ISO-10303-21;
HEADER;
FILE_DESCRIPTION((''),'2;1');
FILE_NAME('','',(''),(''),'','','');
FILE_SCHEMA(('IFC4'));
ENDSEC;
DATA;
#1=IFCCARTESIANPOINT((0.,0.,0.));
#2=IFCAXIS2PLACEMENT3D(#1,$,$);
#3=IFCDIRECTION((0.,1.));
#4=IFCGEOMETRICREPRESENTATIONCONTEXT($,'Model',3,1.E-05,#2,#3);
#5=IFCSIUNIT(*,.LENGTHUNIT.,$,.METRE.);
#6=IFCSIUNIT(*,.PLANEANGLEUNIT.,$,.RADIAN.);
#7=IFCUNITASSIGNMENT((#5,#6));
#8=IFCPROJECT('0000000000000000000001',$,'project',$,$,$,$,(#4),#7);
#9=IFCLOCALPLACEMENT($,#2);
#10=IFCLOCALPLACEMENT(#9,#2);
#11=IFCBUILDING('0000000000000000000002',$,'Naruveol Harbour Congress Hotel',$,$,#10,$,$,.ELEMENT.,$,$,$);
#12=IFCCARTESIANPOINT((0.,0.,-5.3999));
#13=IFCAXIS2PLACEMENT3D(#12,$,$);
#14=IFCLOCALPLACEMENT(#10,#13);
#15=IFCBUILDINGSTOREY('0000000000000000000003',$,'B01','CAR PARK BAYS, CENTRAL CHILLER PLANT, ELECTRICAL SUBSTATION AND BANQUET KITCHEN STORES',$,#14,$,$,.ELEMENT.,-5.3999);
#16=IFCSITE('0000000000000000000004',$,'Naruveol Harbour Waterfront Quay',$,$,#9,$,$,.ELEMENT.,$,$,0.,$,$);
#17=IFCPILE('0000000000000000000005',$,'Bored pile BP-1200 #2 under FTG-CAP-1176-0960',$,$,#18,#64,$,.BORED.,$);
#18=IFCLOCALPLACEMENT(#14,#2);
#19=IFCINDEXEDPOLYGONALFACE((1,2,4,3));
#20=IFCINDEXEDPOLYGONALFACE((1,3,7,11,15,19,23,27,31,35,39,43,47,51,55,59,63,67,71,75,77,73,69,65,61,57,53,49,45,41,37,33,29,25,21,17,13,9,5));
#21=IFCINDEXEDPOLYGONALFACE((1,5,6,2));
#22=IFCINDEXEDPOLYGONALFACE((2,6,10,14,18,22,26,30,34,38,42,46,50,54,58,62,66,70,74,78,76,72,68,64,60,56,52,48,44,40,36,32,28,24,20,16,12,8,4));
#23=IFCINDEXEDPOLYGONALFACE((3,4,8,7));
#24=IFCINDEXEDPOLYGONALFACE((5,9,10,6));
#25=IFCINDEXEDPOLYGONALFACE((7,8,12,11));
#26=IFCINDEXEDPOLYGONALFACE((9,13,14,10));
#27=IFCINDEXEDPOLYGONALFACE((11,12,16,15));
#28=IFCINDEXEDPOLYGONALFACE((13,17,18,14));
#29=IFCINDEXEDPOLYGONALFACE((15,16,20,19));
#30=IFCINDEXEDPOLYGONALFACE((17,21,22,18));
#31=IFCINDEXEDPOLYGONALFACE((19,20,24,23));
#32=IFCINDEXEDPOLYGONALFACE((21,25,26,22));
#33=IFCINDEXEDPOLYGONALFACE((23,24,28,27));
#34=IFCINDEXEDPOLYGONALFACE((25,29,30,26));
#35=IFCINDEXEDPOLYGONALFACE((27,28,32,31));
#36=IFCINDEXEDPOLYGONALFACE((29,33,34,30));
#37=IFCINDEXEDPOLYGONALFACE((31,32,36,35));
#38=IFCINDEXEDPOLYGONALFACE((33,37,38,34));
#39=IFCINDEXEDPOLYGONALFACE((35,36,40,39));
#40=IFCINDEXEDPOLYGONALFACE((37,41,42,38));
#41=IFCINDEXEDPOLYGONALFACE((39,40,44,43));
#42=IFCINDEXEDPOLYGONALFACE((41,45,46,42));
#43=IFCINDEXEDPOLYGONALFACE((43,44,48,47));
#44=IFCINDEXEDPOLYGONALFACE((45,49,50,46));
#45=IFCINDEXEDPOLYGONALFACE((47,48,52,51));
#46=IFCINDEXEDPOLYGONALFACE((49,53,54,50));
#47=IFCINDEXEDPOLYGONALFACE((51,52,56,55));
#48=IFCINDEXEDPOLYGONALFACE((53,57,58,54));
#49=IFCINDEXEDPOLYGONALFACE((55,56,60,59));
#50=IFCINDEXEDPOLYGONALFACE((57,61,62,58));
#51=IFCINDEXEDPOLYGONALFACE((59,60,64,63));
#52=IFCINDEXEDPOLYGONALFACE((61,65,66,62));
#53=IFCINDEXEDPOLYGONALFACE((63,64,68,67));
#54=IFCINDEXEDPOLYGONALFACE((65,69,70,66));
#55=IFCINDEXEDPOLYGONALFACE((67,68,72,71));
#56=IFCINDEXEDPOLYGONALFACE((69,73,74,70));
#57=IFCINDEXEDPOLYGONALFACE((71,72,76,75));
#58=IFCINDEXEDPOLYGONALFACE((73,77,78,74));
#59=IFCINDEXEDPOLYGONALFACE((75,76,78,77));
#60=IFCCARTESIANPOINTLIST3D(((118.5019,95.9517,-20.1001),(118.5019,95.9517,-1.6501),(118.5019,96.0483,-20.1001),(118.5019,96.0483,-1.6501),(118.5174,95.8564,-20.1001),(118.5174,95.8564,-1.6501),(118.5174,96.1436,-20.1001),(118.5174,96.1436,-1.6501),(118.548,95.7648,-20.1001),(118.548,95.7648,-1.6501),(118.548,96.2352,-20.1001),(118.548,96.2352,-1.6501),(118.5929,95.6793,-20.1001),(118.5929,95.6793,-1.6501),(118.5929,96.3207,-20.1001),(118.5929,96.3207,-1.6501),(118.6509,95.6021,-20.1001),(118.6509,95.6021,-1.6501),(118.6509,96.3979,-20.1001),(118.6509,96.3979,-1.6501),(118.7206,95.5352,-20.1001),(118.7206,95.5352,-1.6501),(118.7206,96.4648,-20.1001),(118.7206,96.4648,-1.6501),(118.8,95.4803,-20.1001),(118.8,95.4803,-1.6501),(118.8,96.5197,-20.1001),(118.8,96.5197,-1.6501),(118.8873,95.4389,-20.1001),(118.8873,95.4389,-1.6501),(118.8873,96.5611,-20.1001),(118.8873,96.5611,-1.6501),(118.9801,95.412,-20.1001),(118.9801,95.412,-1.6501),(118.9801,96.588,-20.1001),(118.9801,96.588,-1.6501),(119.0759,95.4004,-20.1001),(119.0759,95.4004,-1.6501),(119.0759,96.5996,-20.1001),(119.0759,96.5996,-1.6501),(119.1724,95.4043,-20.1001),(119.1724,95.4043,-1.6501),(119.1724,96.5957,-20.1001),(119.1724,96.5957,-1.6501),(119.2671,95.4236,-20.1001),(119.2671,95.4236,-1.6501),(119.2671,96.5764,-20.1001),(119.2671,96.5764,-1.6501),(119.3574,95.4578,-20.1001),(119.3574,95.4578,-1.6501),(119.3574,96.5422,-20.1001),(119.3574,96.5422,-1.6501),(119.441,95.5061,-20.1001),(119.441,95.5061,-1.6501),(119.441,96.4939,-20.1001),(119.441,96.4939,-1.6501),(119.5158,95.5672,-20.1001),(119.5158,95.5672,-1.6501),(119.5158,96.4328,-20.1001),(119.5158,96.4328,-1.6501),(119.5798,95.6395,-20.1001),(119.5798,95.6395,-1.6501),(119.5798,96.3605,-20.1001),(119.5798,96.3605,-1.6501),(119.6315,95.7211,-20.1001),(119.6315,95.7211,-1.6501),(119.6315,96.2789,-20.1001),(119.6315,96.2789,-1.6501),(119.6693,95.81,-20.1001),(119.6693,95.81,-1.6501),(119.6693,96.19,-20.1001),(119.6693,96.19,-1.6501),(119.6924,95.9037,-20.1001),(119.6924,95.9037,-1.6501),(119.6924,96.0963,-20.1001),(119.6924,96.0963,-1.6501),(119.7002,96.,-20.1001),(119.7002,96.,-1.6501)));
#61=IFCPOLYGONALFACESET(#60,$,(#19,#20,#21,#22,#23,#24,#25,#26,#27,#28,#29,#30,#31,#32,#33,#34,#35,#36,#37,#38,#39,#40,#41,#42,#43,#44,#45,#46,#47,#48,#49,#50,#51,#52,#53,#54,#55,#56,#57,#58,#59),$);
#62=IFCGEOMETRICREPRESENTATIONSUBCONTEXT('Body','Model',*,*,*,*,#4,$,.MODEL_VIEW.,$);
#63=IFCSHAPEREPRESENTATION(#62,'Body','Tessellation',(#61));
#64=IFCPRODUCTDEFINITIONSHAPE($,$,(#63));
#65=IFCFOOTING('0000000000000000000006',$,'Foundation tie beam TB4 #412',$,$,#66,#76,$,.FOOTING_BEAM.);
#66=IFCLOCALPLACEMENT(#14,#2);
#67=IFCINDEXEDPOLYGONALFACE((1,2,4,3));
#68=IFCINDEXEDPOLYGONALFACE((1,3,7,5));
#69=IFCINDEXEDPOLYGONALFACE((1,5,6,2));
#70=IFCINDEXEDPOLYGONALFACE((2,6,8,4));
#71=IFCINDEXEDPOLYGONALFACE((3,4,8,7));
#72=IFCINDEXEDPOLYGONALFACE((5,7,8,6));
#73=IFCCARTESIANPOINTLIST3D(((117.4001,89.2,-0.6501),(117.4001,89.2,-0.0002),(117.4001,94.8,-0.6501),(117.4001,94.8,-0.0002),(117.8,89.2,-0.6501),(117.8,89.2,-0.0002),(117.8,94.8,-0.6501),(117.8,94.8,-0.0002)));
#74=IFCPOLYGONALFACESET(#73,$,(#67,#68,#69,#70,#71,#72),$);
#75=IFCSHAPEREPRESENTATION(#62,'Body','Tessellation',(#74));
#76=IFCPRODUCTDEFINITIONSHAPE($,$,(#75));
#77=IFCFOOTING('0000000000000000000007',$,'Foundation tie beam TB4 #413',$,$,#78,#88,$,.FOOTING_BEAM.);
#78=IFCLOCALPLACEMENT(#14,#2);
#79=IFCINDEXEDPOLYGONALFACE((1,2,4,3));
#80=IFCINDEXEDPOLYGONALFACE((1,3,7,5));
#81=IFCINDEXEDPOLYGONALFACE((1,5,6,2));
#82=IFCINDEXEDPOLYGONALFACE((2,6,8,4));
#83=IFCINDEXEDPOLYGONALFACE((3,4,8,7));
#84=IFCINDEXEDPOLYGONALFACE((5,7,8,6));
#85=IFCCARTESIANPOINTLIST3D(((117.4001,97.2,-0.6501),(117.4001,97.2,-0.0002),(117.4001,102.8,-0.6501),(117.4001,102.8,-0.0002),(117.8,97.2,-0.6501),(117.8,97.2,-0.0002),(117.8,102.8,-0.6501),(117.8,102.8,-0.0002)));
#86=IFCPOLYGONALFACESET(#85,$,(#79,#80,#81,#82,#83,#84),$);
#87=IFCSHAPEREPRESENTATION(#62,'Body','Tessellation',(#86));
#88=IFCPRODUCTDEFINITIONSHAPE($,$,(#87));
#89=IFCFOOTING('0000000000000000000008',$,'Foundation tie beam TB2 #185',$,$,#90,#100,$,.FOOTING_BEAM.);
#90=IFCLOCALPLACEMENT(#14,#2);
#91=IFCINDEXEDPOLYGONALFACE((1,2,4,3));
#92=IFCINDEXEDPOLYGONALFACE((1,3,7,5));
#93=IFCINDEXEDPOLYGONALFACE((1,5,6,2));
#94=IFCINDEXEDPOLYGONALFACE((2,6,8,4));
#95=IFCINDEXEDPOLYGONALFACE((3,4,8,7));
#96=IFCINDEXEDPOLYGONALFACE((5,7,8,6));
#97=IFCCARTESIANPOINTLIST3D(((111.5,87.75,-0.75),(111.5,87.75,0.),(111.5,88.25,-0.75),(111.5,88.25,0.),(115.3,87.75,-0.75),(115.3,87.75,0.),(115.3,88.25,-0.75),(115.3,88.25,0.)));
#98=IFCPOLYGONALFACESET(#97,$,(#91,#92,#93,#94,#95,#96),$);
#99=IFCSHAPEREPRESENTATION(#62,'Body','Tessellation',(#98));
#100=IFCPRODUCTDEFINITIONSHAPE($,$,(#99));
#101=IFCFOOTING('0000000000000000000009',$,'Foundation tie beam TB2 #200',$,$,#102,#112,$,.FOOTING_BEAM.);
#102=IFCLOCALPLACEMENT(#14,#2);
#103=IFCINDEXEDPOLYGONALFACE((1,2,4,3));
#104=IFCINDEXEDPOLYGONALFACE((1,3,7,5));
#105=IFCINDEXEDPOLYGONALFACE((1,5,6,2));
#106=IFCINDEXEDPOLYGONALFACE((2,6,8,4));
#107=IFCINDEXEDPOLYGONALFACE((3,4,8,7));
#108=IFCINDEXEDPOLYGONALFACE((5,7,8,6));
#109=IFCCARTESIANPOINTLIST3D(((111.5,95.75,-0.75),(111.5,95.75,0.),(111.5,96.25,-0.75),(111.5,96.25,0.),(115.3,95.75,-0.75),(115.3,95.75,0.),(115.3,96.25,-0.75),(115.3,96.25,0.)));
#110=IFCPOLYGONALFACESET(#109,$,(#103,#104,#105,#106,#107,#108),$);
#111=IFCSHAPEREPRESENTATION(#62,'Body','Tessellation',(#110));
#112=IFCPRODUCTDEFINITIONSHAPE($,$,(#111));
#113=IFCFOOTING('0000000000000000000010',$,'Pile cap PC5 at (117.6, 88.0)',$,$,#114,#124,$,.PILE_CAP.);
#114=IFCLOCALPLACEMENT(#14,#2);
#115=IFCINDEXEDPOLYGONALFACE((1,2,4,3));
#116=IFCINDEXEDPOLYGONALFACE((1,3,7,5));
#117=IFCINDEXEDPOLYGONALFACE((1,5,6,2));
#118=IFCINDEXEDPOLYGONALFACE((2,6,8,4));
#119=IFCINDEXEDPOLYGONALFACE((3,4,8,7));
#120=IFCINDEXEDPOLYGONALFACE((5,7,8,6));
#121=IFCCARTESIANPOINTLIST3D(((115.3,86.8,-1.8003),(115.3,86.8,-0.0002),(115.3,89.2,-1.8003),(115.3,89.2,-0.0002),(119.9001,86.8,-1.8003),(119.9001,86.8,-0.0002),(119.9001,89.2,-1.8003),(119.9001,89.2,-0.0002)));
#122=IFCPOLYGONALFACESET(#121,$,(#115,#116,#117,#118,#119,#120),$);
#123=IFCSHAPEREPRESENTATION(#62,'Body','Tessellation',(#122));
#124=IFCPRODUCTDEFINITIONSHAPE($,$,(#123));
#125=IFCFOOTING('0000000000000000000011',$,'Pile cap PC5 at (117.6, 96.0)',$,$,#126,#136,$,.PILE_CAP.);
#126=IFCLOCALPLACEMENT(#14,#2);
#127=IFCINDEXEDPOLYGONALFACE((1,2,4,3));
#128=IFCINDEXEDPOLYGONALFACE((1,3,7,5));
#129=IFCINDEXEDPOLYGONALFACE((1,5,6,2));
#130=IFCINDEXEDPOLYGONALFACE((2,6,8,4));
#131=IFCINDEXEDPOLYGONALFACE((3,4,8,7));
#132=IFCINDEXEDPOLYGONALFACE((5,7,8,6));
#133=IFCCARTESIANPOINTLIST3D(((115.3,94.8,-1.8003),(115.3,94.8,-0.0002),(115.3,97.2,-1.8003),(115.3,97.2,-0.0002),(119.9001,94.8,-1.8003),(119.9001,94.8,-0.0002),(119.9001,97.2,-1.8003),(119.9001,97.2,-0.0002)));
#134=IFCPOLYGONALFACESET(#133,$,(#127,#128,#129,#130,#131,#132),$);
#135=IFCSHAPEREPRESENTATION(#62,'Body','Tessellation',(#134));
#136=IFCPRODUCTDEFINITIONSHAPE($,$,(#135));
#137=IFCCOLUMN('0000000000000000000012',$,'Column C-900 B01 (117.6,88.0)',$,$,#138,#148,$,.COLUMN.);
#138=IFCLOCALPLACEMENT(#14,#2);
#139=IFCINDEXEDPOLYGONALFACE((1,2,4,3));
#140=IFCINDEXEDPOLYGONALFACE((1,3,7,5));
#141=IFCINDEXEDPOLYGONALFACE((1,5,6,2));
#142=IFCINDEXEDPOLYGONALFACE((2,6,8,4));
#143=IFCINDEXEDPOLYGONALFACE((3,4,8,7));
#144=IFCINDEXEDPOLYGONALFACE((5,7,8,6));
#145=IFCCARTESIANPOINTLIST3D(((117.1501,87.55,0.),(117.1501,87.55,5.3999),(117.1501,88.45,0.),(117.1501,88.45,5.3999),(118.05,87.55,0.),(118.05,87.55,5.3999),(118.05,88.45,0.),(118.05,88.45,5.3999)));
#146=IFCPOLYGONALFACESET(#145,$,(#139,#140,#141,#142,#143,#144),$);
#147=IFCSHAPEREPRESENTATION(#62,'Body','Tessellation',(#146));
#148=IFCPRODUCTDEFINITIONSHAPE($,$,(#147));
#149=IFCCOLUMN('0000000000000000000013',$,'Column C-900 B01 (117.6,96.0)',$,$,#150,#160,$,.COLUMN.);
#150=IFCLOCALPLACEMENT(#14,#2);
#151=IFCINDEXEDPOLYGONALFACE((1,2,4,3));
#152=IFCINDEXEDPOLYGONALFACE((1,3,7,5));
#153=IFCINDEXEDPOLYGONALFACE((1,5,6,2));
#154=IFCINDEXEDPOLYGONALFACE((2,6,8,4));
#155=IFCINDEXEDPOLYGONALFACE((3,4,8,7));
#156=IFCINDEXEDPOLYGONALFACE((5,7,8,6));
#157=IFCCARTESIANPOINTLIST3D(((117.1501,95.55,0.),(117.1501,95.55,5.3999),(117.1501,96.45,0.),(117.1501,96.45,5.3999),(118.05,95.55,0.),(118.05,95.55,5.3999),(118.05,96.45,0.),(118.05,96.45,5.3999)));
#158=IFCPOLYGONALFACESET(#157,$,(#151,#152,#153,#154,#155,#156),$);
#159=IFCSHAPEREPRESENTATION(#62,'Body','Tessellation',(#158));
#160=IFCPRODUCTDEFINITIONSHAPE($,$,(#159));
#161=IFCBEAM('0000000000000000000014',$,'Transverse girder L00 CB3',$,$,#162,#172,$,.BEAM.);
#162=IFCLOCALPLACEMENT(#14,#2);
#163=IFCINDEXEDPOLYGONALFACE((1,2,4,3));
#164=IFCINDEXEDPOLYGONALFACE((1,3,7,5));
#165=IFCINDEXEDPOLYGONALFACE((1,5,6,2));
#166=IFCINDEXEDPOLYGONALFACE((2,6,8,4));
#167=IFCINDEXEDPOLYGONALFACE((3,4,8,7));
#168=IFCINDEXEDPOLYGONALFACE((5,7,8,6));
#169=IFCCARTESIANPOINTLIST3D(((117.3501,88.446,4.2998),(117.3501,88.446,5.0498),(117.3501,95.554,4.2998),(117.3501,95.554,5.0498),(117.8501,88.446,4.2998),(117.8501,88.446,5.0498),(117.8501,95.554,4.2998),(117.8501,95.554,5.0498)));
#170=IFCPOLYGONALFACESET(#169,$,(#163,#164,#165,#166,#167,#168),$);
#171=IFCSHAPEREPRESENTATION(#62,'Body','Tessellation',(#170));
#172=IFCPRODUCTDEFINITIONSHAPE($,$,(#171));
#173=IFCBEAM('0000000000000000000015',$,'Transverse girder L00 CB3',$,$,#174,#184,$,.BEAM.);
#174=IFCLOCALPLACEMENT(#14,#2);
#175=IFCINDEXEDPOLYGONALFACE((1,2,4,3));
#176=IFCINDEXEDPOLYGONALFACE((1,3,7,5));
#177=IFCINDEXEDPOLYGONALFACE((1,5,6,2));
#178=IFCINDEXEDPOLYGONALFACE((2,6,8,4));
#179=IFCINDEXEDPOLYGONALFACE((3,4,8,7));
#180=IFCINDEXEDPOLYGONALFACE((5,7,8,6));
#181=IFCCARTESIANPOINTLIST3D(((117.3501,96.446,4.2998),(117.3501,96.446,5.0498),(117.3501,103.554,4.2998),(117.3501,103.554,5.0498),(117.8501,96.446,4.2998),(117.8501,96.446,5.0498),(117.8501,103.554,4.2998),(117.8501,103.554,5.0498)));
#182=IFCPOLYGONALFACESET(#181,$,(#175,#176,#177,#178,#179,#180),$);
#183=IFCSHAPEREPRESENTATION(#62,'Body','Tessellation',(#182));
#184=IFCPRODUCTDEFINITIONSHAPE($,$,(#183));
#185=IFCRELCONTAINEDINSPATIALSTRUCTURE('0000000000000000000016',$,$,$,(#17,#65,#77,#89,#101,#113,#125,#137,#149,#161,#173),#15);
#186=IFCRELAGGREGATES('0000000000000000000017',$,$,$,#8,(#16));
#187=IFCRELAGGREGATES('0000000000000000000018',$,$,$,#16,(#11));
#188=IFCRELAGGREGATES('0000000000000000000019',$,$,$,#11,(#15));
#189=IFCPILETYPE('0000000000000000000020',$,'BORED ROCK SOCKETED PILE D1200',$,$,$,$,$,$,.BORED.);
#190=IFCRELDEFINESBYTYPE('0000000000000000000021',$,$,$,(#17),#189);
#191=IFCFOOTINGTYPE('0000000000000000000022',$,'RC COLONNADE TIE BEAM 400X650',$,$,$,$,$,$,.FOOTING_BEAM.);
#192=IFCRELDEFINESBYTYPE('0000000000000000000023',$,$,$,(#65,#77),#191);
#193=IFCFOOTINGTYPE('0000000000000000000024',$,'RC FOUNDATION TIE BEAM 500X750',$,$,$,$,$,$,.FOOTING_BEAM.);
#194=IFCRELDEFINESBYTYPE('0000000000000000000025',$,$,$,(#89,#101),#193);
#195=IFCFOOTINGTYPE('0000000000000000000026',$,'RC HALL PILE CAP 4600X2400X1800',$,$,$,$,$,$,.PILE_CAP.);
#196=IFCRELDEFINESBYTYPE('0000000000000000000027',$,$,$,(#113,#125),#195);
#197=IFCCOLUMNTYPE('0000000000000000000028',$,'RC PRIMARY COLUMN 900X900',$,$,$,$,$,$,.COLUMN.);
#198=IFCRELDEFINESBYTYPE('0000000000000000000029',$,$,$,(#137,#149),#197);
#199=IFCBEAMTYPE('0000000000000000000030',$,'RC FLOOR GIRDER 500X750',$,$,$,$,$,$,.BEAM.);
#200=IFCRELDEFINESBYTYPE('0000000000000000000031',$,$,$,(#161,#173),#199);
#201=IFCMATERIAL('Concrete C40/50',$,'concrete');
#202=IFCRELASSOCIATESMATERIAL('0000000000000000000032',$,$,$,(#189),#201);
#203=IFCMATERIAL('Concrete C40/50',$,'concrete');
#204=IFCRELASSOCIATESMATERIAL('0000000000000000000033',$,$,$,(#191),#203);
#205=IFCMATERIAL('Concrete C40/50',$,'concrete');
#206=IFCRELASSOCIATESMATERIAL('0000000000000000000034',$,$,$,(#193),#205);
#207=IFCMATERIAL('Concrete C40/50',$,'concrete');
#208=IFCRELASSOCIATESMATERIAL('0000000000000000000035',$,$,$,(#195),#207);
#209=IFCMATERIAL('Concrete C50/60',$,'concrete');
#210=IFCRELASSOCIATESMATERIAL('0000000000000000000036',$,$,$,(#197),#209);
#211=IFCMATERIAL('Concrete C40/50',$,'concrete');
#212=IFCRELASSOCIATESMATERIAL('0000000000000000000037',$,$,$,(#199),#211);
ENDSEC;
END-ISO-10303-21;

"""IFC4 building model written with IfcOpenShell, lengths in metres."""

from ifc_helpers import new_model, si_unit, direction, frame, origin, origin_2d, place, context, subcontext, project, spatial, rectangle, circle, extrude, material, material_profile, profile_set, type_object, element, save


model = new_model("IFC4")

# Units and contexts
model_context = context("Model", 3, precision=1e-05, world=origin(), true_north=direction((0.0, 1.0)))
body_context = subcontext(model_context, "Body", "Model", "MODEL_VIEW")
ifc_project = project(units=[si_unit("LENGTHUNIT", "METRE"), si_unit("PLANEANGLEUNIT", "RADIAN")], contexts=[model_context])

# Site, building, storey
site_placement = place(None, origin())
site = spatial("IfcSite", under=ifc_project, at=site_placement, Name="Naruveol Harbour Waterfront Quay", CompositionType="ELEMENT", RefElevation=0.0)
building_placement = place(site_placement, origin())
building = spatial("IfcBuilding", under=site, at=building_placement, Name="Naruveol Harbour Congress Hotel", CompositionType="ELEMENT")
storey_placement = place(building_placement, frame((0.0, 0.0, -5.3999)))
storey = spatial("IfcBuildingStorey", under=building, at=storey_placement, Name="B01", Description="CAR PARK BAYS, CENTRAL CHILLER PLANT, ELECTRICAL SUBSTATION AND BANQUET KITCHEN STORES", CompositionType="ELEMENT", Elevation=-5.3999)

# Pile
ifc_material_1 = material(Name="Concrete C40/50", Category="concrete")
ifc_material_profile_1 = material_profile(ifc_material_1, circle(Radius=0.6001, at=origin_2d()), Name="BP-1200")
ifc_profile_set_1 = profile_set([ifc_material_profile_1], Name="Concrete C40/50")
pile_type = type_object("IfcPileType", Name="BORED ROCK SOCKETED PILE D1200", PredefinedType="BORED", material=ifc_profile_set_1)
for number, where, z_axis, x_axis, name in (
    (1, (119.1001, 96.0, -1.6501), (0.0, 0.0, -1.0), (1.0, 0.0, 0.0), "Bored pile BP-1200 #2 under FTG-CAP-1176-0960"),
):
    element("IfcPile", number, at=place(storey_placement, frame(where, z_axis=z_axis, x_axis=x_axis)), inside=storey, type_object=pile_type, Name=name, PredefinedType="BORED", context=body_context, shape_type="SweptSolid", body=[
        extrude(circle(Radius=0.6001, at=origin_2d()), origin(), (0.0, 0.0, 1.0), 18.45),
    ])

# Footings
ifc_material_2 = material(Name="Concrete C40/50", Category="concrete")
ifc_material_profile_2 = material_profile(ifc_material_2, rectangle(XDim=0.3999, YDim=0.6499, at=origin_2d()), Name="RCB-400x650")
ifc_profile_set_2 = profile_set([ifc_material_profile_2], Name="Concrete C40/50")
footing_type_1 = type_object("IfcFootingType", Name="RC COLONNADE TIE BEAM 400X650", PredefinedType="FOOTING_BEAM", material=ifc_profile_set_2)
for number, where, z_axis, x_axis, name in (
    (2, (117.6001, 89.2, -0.3252), (0.0, 1.0, 0.0), (-1.0, 0.0, 0.0), "Foundation tie beam TB4 #412"),
    (3, (117.6001, 97.2, -0.3252), (0.0, 1.0, 0.0), (-1.0, 0.0, 0.0), "Foundation tie beam TB4 #413"),
):
    element("IfcFooting", number, at=place(storey_placement, frame(where, z_axis=z_axis, x_axis=x_axis)), inside=storey, type_object=footing_type_1, Name=name, PredefinedType="FOOTING_BEAM", context=body_context, shape_type="SweptSolid", body=[
        extrude(rectangle(XDim=0.3999, YDim=0.6499, at=origin_2d()), origin(), (0.0, 0.0, 1.0), 5.6001),
    ])
ifc_material_3 = material(Name="Concrete C40/50", Category="concrete")
ifc_material_profile_3 = material_profile(ifc_material_3, rectangle(XDim=0.5, YDim=0.75, at=origin_2d()), Name="RCB-500x750")
ifc_profile_set_3 = profile_set([ifc_material_profile_3], Name="Concrete C40/50")
footing_type_2 = type_object("IfcFootingType", Name="RC FOUNDATION TIE BEAM 500X750", PredefinedType="FOOTING_BEAM", material=ifc_profile_set_3)
for number, where, z_axis, x_axis, name in (
    (4, (111.5, 88.0, -0.375), (1.0, 0.0, 0.0), (0.0, 1.0, 0.0), "Foundation tie beam TB2 #185"),
    (5, (111.5, 96.0, -0.375), (1.0, 0.0, 0.0), (0.0, 1.0, 0.0), "Foundation tie beam TB2 #200"),
):
    element("IfcFooting", number, at=place(storey_placement, frame(where, z_axis=z_axis, x_axis=x_axis)), inside=storey, type_object=footing_type_2, Name=name, PredefinedType="FOOTING_BEAM", context=body_context, shape_type="SweptSolid", body=[
        extrude(rectangle(XDim=0.5, YDim=0.75, at=origin_2d()), origin(), (0.0, 0.0, 1.0), 3.8),
    ])
ifc_material_4 = material(Name="Concrete C40/50", Category="concrete")
footing_type_3 = type_object("IfcFootingType", Name="RC HALL PILE CAP 4600X2400X1800", PredefinedType="PILE_CAP", material=ifc_material_4)
for number, where, z_axis, x_axis, name in (
    (6, (117.6001, 88.0, -1.8003), (0.0, 0.0, 1.0), (1.0, 0.0, 0.0), "Pile cap PC5 at (117.6, 88.0)"),
    (7, (117.6001, 96.0, -1.8003), (0.0, 0.0, 1.0), (1.0, 0.0, 0.0), "Pile cap PC5 at (117.6, 96.0)"),
):
    element("IfcFooting", number, at=place(storey_placement, frame(where, z_axis=z_axis, x_axis=x_axis)), inside=storey, type_object=footing_type_3, Name=name, PredefinedType="PILE_CAP", context=body_context, shape_type="SweptSolid", body=[
        extrude(rectangle(XDim=4.6001, YDim=2.3999, at=origin_2d()), origin(), (0.0, 0.0, 1.0), 1.8),
    ])

# Columns
ifc_material_5 = material(Name="Concrete C50/60", Category="concrete")
ifc_material_profile_4 = material_profile(ifc_material_5, rectangle(XDim=0.8999, YDim=0.8999, at=origin_2d()), Name="RC-900x900")
ifc_profile_set_4 = profile_set([ifc_material_profile_4], Name="Concrete C50/60")
column_type = type_object("IfcColumnType", Name="RC PRIMARY COLUMN 900X900", PredefinedType="COLUMN", material=ifc_profile_set_4)
for number, where, z_axis, x_axis, name in (
    (8, (117.6001, 88.0, 0.0), (0.0, 0.0, 1.0), (1.0, 0.0, 0.0), "Column C-900 B01 (117.6,88.0)"),
    (9, (117.6001, 96.0, 0.0), (0.0, 0.0, 1.0), (1.0, 0.0, 0.0), "Column C-900 B01 (117.6,96.0)"),
):
    element("IfcColumn", number, at=place(storey_placement, frame(where, z_axis=z_axis, x_axis=x_axis)), inside=storey, type_object=column_type, Name=name, PredefinedType="COLUMN", context=body_context, shape_type="SweptSolid", body=[
        extrude(rectangle(XDim=0.8999, YDim=0.8999, at=origin_2d()), origin(), (0.0, 0.0, 1.0), 5.3999),
    ])

# Beams
ifc_material_6 = material(Name="Concrete C40/50", Category="concrete")
ifc_material_profile_5 = material_profile(ifc_material_6, rectangle(XDim=0.5, YDim=0.75, at=origin_2d()), Name="RCB-500x750")
ifc_profile_set_5 = profile_set([ifc_material_profile_5], Name="Concrete C40/50")
beam_type_1 = type_object("IfcBeamType", Name="RC FLOOR GIRDER 500X750", PredefinedType="BEAM", material=ifc_profile_set_5)
for number, where, z_axis, x_axis, name in (
    (10, (117.6001, 88.446, 4.6748), (0.0, 1.0, 0.0), (-1.0, 0.0, 0.0), "Transverse girder L00 CB3"),
    (11, (117.6001, 96.446, 4.6748), (0.0, 1.0, 0.0), (-1.0, 0.0, 0.0), "Transverse girder L00 CB3"),
):
    element("IfcBeam", number, at=place(storey_placement, frame(where, z_axis=z_axis, x_axis=x_axis)), inside=storey, type_object=beam_type_1, Name=name, PredefinedType="BEAM", context=body_context, shape_type="SweptSolid", body=[
        extrude(rectangle(XDim=0.5, YDim=0.75, at=origin_2d()), origin(), (0.0, 0.0, 1.0), 7.1079),
    ])

save(model, "model.ifc")
